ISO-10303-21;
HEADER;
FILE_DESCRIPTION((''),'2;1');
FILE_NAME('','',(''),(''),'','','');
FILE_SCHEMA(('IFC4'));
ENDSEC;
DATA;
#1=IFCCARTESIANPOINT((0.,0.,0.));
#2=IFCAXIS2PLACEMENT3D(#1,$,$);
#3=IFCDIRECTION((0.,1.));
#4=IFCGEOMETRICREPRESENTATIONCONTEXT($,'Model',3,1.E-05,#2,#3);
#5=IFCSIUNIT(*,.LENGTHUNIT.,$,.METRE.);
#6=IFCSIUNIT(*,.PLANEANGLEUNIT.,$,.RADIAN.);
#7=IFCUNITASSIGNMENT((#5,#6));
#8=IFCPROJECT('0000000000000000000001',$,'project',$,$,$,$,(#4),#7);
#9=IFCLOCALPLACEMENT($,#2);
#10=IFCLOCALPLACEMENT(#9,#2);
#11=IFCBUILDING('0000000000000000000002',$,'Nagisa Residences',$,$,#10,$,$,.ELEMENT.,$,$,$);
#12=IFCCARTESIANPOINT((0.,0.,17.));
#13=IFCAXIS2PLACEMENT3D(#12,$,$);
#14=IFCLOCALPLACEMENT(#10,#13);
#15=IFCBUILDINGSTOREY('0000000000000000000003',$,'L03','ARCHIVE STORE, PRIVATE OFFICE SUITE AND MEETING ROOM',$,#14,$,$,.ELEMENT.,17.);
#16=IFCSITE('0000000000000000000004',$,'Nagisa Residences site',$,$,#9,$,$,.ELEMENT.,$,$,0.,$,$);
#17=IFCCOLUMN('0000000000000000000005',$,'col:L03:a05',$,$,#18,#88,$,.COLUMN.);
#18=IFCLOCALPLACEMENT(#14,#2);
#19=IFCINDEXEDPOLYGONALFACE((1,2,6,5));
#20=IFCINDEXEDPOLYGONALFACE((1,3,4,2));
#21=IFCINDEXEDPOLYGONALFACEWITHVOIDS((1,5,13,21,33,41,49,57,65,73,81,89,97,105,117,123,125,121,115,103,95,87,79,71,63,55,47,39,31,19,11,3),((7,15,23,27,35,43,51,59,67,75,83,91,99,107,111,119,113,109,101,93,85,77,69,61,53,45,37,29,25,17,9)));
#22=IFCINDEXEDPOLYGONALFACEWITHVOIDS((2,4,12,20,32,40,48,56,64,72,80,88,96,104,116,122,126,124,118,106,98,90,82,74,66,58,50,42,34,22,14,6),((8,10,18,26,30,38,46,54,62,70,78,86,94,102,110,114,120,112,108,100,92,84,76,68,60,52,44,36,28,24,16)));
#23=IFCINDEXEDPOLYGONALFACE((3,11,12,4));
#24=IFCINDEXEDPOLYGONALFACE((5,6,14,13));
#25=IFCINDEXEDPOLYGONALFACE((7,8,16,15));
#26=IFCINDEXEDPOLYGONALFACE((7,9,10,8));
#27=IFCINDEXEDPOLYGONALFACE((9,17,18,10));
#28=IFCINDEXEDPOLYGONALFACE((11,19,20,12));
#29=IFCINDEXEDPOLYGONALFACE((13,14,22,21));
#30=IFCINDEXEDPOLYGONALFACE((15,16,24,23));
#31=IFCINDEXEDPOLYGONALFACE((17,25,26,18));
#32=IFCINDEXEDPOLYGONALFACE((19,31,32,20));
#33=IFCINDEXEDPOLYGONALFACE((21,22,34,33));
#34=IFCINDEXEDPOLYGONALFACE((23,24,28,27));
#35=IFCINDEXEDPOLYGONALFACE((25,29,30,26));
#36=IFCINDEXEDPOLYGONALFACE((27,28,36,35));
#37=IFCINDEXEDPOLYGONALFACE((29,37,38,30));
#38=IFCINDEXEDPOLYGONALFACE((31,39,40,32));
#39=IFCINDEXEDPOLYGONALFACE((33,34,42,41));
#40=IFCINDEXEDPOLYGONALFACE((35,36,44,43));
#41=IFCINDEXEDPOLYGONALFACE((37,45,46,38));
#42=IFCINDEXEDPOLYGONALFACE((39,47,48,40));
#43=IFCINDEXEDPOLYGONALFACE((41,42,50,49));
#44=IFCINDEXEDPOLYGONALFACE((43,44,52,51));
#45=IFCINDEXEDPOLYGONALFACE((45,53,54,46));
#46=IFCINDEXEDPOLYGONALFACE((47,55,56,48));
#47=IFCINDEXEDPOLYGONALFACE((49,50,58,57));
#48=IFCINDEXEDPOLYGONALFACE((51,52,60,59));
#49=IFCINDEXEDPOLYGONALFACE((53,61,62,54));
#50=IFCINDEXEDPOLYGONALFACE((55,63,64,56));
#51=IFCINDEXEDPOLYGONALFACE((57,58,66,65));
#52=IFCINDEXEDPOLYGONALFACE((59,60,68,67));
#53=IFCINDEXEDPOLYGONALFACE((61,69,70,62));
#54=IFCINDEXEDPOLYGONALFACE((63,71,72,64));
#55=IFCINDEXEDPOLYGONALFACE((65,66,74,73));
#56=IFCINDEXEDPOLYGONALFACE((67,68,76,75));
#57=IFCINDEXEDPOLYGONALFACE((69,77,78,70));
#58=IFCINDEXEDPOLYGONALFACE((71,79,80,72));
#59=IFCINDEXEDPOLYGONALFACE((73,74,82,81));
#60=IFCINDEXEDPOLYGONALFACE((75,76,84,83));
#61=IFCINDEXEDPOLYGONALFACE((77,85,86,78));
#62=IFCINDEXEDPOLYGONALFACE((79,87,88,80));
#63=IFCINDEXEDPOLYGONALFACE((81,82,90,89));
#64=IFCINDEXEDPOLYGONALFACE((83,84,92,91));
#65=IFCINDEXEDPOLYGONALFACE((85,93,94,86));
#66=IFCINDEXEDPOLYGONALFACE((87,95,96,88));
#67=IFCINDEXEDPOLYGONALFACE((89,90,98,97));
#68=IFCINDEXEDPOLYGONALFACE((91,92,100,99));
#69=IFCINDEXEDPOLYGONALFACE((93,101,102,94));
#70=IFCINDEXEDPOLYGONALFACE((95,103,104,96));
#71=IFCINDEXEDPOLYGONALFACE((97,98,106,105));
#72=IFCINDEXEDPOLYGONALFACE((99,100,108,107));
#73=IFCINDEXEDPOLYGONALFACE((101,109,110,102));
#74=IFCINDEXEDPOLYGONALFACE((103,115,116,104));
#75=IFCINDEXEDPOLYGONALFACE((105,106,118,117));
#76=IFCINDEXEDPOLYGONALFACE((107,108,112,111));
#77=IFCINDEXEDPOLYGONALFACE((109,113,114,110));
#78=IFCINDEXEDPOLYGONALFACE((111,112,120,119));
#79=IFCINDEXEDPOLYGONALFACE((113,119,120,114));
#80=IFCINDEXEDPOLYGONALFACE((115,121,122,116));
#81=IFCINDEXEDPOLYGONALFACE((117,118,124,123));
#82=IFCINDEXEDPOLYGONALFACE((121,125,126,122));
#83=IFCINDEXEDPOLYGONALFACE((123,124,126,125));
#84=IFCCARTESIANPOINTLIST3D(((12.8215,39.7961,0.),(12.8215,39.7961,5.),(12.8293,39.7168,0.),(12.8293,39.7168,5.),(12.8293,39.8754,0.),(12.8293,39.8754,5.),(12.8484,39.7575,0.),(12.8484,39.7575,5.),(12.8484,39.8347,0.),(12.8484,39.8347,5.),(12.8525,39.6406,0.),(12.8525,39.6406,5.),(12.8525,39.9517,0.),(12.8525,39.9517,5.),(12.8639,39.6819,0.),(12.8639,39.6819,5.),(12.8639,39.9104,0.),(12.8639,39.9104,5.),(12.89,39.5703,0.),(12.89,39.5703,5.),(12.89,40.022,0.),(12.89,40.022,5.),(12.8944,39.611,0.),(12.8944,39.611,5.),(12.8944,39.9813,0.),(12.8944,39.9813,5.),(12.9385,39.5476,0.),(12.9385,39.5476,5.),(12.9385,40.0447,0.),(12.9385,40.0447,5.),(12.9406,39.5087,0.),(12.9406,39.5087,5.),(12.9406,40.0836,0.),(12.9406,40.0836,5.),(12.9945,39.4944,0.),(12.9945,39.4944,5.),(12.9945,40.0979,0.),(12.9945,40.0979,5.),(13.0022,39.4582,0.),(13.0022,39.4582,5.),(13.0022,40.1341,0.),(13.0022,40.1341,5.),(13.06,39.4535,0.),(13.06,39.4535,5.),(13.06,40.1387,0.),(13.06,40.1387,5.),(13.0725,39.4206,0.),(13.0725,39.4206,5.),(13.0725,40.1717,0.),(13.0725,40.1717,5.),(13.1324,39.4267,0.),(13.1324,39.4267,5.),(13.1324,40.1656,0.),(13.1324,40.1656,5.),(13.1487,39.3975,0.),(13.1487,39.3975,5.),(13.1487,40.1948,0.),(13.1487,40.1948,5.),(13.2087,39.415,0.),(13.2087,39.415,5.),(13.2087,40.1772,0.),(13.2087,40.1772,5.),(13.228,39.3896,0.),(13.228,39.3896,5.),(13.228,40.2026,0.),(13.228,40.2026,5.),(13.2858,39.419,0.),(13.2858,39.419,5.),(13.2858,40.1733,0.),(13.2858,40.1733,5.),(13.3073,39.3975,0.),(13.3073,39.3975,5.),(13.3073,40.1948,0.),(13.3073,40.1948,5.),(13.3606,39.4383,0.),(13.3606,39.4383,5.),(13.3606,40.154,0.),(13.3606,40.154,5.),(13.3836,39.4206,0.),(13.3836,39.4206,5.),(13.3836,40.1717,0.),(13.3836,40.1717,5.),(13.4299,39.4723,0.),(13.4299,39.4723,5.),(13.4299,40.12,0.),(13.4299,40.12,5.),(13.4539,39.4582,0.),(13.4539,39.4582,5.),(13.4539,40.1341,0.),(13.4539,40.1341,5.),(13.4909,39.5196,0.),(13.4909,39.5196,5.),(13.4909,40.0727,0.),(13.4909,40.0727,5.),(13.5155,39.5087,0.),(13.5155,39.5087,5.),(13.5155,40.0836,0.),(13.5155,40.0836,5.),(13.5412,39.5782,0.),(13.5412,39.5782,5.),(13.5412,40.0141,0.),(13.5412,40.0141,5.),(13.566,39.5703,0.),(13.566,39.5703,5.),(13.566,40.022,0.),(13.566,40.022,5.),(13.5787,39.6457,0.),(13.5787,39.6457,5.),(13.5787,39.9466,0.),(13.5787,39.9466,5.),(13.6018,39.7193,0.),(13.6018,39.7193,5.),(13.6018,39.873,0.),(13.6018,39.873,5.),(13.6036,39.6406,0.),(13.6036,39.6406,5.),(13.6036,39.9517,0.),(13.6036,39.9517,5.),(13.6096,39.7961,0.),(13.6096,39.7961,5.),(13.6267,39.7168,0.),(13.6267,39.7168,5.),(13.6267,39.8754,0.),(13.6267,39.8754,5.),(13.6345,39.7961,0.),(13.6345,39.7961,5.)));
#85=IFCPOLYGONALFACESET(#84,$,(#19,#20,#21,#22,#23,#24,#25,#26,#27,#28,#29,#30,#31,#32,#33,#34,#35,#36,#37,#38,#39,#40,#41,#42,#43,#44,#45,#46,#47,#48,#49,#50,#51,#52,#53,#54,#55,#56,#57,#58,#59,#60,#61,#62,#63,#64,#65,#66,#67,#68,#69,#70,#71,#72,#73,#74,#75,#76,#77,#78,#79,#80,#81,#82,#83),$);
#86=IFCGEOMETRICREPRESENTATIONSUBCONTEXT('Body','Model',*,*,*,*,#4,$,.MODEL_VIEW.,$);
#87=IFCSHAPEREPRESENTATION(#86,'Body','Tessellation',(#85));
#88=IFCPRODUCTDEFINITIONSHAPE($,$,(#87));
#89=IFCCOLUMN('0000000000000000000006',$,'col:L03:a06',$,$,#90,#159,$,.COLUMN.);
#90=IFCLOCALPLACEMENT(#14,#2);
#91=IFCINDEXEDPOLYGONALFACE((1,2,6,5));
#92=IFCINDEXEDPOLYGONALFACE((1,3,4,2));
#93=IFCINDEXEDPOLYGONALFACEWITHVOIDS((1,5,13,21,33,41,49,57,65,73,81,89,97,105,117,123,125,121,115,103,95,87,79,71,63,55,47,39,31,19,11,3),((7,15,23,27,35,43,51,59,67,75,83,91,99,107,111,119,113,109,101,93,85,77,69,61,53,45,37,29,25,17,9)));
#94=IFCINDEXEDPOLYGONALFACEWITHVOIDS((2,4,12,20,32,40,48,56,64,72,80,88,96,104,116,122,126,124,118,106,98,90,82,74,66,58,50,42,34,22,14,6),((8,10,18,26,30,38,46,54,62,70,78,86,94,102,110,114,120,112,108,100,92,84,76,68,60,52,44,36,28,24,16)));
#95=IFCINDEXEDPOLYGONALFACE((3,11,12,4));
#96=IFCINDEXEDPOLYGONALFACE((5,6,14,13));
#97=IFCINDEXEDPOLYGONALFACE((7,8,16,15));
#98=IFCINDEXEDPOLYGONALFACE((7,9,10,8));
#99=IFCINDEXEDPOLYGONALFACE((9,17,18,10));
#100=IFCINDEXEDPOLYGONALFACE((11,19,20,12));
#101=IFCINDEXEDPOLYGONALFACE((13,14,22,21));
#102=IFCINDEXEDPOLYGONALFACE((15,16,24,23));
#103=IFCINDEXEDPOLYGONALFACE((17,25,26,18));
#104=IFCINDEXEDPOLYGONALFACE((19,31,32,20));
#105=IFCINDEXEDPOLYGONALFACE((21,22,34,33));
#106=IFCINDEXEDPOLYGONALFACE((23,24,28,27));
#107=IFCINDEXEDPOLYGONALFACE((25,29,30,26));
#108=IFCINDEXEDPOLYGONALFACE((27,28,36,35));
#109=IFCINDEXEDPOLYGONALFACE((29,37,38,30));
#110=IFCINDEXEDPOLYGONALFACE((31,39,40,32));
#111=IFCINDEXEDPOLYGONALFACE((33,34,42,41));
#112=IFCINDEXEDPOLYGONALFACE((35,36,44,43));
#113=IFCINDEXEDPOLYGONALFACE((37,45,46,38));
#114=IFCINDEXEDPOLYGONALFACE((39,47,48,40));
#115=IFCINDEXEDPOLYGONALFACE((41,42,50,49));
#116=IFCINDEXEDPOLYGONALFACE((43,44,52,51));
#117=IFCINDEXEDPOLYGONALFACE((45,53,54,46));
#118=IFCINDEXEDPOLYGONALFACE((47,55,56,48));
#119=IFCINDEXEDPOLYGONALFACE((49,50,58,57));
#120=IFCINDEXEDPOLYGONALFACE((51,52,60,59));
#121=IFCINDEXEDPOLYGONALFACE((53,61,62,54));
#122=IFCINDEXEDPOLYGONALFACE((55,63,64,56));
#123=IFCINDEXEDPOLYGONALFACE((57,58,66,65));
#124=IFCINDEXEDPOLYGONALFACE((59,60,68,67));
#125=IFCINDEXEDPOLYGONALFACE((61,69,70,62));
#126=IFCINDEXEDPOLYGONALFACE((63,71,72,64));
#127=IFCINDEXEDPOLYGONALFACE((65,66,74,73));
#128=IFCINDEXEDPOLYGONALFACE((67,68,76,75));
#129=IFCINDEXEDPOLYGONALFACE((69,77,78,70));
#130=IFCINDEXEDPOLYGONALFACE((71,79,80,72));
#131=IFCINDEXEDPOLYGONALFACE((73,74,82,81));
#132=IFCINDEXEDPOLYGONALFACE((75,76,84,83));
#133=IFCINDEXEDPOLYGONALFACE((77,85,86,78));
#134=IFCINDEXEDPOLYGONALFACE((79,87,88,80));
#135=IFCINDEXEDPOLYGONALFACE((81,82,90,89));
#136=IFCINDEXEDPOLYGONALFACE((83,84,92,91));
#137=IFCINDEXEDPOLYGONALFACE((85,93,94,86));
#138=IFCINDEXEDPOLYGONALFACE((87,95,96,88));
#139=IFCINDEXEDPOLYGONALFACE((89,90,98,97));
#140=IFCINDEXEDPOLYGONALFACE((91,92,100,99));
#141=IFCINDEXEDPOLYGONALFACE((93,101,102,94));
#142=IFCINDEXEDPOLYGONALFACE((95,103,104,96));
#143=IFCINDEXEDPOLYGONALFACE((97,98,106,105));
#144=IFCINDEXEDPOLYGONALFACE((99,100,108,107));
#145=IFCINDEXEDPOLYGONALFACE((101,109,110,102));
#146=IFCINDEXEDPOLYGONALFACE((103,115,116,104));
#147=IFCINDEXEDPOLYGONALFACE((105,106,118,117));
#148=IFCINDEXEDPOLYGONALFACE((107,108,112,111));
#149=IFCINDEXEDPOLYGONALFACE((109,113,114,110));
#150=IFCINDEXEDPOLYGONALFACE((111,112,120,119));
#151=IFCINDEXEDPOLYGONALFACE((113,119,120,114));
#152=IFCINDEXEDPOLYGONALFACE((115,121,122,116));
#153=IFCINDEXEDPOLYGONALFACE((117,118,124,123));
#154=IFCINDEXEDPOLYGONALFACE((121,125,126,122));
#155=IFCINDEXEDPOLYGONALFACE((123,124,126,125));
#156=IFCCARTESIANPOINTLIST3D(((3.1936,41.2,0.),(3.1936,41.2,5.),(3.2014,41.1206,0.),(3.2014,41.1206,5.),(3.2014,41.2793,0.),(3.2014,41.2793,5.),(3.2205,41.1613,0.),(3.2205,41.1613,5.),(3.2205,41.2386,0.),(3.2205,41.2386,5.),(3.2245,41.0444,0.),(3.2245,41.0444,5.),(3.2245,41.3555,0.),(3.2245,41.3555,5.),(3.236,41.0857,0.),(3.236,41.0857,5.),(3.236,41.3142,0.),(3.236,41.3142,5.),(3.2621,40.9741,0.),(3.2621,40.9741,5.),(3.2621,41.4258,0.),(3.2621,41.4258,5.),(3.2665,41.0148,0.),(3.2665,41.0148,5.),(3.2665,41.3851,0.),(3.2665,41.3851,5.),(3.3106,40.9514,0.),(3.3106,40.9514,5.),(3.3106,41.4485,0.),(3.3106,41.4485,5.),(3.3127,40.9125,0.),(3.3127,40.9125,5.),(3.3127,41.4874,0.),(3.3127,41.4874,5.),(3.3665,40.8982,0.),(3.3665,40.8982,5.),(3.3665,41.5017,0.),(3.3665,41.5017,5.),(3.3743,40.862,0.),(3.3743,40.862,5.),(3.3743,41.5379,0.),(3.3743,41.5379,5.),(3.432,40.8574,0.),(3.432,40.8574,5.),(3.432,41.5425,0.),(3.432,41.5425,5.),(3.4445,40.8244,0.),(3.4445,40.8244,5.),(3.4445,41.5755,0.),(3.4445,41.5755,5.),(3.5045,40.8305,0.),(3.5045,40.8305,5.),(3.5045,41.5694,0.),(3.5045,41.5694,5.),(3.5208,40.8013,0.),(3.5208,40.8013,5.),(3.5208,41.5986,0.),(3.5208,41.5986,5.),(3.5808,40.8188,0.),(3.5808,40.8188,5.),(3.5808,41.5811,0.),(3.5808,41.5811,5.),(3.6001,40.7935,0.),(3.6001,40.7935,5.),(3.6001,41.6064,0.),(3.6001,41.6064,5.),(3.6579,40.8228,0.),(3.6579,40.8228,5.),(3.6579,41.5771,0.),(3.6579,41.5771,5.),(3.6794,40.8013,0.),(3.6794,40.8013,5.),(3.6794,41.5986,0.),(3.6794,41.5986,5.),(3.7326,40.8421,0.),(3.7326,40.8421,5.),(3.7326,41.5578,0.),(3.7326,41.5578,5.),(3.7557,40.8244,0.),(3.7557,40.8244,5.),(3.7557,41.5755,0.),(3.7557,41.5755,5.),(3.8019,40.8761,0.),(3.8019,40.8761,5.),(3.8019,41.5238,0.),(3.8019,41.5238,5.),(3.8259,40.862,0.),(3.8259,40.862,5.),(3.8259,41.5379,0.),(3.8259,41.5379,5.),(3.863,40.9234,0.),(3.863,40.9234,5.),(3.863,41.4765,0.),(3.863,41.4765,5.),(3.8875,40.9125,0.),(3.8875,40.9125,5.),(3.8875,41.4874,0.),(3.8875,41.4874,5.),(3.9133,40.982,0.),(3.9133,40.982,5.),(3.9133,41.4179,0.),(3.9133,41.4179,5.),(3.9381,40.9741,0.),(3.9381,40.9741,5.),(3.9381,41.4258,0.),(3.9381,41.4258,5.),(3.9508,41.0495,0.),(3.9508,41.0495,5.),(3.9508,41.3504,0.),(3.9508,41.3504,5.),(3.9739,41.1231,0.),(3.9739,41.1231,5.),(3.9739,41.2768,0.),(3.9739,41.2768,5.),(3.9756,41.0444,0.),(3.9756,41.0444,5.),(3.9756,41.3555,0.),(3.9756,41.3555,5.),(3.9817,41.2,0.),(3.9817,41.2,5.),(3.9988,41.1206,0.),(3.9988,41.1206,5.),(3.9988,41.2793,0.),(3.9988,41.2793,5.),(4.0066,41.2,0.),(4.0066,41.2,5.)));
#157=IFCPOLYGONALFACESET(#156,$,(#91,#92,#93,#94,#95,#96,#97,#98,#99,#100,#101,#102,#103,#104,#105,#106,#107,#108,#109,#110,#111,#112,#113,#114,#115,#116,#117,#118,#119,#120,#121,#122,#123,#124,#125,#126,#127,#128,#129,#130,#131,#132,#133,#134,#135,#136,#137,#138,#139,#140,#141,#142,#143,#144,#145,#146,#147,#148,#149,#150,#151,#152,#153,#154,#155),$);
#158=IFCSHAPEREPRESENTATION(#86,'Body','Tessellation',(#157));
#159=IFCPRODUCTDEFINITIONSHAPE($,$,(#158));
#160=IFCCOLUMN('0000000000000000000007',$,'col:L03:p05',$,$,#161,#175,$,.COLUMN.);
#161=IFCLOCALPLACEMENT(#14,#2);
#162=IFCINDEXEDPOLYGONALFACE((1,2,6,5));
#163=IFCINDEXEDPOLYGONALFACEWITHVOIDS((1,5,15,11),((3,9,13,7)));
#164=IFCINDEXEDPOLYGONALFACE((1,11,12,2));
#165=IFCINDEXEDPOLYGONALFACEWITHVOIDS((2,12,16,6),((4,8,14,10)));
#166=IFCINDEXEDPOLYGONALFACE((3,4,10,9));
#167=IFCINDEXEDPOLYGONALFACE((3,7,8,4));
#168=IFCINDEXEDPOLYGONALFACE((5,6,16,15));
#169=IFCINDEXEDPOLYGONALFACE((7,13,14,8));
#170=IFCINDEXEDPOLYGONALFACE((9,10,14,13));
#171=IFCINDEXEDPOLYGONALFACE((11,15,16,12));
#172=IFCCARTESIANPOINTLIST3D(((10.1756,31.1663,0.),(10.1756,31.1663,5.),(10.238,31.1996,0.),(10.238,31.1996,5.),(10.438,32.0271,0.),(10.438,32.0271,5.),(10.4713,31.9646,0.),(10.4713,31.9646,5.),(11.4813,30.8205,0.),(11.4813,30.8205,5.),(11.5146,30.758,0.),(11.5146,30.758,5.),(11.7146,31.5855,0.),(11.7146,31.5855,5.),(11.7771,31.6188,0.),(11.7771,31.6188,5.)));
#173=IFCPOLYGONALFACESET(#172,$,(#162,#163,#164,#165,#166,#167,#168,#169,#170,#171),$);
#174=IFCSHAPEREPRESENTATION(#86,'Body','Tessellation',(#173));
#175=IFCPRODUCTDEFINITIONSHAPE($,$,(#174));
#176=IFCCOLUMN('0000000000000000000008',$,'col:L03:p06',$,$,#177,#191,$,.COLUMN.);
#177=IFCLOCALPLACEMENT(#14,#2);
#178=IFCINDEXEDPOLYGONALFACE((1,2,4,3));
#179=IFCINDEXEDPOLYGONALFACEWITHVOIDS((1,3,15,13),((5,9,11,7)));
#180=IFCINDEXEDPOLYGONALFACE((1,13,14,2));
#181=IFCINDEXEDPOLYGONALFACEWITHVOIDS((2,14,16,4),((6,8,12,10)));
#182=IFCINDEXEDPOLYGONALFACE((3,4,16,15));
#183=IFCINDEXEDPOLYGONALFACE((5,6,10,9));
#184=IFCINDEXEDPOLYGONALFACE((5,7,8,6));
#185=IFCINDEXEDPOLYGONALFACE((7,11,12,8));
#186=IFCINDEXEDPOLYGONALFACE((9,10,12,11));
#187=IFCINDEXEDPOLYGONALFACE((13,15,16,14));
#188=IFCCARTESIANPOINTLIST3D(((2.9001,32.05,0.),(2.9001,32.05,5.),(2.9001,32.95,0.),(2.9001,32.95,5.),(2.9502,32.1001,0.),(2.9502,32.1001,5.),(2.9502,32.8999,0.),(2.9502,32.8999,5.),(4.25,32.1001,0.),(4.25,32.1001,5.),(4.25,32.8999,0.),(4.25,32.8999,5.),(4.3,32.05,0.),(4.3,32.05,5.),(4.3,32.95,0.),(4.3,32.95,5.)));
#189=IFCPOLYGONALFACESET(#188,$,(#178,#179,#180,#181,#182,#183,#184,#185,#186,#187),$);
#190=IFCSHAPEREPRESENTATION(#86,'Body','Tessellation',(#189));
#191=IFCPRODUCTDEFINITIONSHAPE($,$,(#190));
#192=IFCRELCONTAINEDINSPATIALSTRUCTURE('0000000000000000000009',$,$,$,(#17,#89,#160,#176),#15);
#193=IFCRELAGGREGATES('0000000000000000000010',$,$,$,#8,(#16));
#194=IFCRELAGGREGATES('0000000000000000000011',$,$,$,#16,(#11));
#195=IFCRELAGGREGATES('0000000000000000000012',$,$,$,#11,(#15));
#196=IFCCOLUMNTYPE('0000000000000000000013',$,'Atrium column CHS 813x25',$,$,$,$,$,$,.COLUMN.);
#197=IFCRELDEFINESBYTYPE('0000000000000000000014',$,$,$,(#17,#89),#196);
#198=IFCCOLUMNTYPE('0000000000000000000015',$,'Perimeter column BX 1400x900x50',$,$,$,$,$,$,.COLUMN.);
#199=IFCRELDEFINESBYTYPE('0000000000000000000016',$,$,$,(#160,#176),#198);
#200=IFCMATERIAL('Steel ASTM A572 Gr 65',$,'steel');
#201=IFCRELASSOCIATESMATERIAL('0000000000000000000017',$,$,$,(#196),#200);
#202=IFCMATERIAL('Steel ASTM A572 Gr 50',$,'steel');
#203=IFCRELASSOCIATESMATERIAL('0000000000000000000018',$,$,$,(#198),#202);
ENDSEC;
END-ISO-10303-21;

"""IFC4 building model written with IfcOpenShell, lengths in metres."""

from ifc_helpers import new_model, si_unit, direction, frame, origin, origin_2d, place, context, subcontext, project, spatial, hollow_rectangle, hollow_circle, extrude, material, material_profile, profile_set, type_object, element, save


model = new_model("IFC4")

# Units and contexts
model_context = context("Model", 3, precision=1e-05, world=origin(), true_north=direction((0.0, 1.0)))
body_context = subcontext(model_context, "Body", "Model", "MODEL_VIEW")
ifc_project = project(units=[si_unit("LENGTHUNIT", "METRE"), si_unit("PLANEANGLEUNIT", "RADIAN")], contexts=[model_context])

# Site, building, storey
site_placement = place(None, origin())
site = spatial("IfcSite", under=ifc_project, at=site_placement, Name="Nagisa Residences site", CompositionType="ELEMENT", RefElevation=0.0)
building_placement = place(site_placement, origin())
building = spatial("IfcBuilding", under=site, at=building_placement, Name="Nagisa Residences", CompositionType="ELEMENT")
storey_placement = place(building_placement, frame((0.0, 0.0, 17.0)))
storey = spatial("IfcBuildingStorey", under=building, at=storey_placement, Name="L03", Description="ARCHIVE STORE, PRIVATE OFFICE SUITE AND MEETING ROOM", CompositionType="ELEMENT", Elevation=17.0)

# Columns
ifc_material_1 = material(Name="Steel ASTM A572 Gr 65", Category="steel")
ifc_material_profile_1 = material_profile(ifc_material_1, hollow_circle(Radius=0.4065, WallThickness=0.0249, at=origin_2d()), Name="CHS 813x25")
ifc_profile_set_1 = profile_set([ifc_material_profile_1], Name="Steel ASTM A572 Gr 65")
column_type_1 = type_object("IfcColumnType", Name="Atrium column CHS 813x25", PredefinedType="COLUMN", material=ifc_profile_set_1)
for number, where, z_axis, x_axis, name in (
    (1, (13.228, 39.7961, 0.0), (0.0, 0.0, 1.0), (1.0, 0.0, 0.0), "col:L03:a05"),
    (2, (3.6001, 41.2, 0.0), (0.0, 0.0, 1.0), (1.0, 0.0, 0.0), "col:L03:a06"),
):
    element("IfcColumn", number, at=place(storey_placement, frame(where, z_axis=z_axis, x_axis=x_axis)), inside=storey, type_object=column_type_1, Name=name, PredefinedType="COLUMN", context=body_context, shape_type="SweptSolid", body=[
        extrude(hollow_circle(Radius=0.4065, WallThickness=0.0249, at=origin_2d()), origin(), (0.0, 0.0, 1.0), 5.0),
    ])
ifc_material_2 = material(Name="Steel ASTM A572 Gr 50", Category="steel")
ifc_material_profile_2 = material_profile(ifc_material_2, hollow_rectangle(XDim=1.3999, YDim=0.8999, WallThickness=0.05, at=origin_2d()), Name="BX 1400x900x50")
ifc_profile_set_2 = profile_set([ifc_material_profile_2], Name="Steel ASTM A572 Gr 50")
column_type_2 = type_object("IfcColumnType", Name="Perimeter column BX 1400x900x50", PredefinedType="COLUMN", material=ifc_profile_set_2)
for number, where, z_axis, x_axis, name in (
    (3, (10.9763, 31.3926, 0.0), (0.0, 0.0, 1.0), (-0.956525, 0.291652, 0.0), "col:L03:p05"),
    (4, (3.6001, 32.5, 0.0), (0.0, 0.0, 1.0), (-1.0, 0.0, 0.0), "col:L03:p06"),
):
    element("IfcColumn", number, at=place(storey_placement, frame(where, z_axis=z_axis, x_axis=x_axis)), inside=storey, type_object=column_type_2, Name=name, PredefinedType="COLUMN", context=body_context, shape_type="SweptSolid", body=[
        extrude(hollow_rectangle(XDim=1.3999, YDim=0.8999, WallThickness=0.05, at=origin_2d()), origin(), (0.0, 0.0, 1.0), 5.0),
    ])

save(model, "model.ifc")
